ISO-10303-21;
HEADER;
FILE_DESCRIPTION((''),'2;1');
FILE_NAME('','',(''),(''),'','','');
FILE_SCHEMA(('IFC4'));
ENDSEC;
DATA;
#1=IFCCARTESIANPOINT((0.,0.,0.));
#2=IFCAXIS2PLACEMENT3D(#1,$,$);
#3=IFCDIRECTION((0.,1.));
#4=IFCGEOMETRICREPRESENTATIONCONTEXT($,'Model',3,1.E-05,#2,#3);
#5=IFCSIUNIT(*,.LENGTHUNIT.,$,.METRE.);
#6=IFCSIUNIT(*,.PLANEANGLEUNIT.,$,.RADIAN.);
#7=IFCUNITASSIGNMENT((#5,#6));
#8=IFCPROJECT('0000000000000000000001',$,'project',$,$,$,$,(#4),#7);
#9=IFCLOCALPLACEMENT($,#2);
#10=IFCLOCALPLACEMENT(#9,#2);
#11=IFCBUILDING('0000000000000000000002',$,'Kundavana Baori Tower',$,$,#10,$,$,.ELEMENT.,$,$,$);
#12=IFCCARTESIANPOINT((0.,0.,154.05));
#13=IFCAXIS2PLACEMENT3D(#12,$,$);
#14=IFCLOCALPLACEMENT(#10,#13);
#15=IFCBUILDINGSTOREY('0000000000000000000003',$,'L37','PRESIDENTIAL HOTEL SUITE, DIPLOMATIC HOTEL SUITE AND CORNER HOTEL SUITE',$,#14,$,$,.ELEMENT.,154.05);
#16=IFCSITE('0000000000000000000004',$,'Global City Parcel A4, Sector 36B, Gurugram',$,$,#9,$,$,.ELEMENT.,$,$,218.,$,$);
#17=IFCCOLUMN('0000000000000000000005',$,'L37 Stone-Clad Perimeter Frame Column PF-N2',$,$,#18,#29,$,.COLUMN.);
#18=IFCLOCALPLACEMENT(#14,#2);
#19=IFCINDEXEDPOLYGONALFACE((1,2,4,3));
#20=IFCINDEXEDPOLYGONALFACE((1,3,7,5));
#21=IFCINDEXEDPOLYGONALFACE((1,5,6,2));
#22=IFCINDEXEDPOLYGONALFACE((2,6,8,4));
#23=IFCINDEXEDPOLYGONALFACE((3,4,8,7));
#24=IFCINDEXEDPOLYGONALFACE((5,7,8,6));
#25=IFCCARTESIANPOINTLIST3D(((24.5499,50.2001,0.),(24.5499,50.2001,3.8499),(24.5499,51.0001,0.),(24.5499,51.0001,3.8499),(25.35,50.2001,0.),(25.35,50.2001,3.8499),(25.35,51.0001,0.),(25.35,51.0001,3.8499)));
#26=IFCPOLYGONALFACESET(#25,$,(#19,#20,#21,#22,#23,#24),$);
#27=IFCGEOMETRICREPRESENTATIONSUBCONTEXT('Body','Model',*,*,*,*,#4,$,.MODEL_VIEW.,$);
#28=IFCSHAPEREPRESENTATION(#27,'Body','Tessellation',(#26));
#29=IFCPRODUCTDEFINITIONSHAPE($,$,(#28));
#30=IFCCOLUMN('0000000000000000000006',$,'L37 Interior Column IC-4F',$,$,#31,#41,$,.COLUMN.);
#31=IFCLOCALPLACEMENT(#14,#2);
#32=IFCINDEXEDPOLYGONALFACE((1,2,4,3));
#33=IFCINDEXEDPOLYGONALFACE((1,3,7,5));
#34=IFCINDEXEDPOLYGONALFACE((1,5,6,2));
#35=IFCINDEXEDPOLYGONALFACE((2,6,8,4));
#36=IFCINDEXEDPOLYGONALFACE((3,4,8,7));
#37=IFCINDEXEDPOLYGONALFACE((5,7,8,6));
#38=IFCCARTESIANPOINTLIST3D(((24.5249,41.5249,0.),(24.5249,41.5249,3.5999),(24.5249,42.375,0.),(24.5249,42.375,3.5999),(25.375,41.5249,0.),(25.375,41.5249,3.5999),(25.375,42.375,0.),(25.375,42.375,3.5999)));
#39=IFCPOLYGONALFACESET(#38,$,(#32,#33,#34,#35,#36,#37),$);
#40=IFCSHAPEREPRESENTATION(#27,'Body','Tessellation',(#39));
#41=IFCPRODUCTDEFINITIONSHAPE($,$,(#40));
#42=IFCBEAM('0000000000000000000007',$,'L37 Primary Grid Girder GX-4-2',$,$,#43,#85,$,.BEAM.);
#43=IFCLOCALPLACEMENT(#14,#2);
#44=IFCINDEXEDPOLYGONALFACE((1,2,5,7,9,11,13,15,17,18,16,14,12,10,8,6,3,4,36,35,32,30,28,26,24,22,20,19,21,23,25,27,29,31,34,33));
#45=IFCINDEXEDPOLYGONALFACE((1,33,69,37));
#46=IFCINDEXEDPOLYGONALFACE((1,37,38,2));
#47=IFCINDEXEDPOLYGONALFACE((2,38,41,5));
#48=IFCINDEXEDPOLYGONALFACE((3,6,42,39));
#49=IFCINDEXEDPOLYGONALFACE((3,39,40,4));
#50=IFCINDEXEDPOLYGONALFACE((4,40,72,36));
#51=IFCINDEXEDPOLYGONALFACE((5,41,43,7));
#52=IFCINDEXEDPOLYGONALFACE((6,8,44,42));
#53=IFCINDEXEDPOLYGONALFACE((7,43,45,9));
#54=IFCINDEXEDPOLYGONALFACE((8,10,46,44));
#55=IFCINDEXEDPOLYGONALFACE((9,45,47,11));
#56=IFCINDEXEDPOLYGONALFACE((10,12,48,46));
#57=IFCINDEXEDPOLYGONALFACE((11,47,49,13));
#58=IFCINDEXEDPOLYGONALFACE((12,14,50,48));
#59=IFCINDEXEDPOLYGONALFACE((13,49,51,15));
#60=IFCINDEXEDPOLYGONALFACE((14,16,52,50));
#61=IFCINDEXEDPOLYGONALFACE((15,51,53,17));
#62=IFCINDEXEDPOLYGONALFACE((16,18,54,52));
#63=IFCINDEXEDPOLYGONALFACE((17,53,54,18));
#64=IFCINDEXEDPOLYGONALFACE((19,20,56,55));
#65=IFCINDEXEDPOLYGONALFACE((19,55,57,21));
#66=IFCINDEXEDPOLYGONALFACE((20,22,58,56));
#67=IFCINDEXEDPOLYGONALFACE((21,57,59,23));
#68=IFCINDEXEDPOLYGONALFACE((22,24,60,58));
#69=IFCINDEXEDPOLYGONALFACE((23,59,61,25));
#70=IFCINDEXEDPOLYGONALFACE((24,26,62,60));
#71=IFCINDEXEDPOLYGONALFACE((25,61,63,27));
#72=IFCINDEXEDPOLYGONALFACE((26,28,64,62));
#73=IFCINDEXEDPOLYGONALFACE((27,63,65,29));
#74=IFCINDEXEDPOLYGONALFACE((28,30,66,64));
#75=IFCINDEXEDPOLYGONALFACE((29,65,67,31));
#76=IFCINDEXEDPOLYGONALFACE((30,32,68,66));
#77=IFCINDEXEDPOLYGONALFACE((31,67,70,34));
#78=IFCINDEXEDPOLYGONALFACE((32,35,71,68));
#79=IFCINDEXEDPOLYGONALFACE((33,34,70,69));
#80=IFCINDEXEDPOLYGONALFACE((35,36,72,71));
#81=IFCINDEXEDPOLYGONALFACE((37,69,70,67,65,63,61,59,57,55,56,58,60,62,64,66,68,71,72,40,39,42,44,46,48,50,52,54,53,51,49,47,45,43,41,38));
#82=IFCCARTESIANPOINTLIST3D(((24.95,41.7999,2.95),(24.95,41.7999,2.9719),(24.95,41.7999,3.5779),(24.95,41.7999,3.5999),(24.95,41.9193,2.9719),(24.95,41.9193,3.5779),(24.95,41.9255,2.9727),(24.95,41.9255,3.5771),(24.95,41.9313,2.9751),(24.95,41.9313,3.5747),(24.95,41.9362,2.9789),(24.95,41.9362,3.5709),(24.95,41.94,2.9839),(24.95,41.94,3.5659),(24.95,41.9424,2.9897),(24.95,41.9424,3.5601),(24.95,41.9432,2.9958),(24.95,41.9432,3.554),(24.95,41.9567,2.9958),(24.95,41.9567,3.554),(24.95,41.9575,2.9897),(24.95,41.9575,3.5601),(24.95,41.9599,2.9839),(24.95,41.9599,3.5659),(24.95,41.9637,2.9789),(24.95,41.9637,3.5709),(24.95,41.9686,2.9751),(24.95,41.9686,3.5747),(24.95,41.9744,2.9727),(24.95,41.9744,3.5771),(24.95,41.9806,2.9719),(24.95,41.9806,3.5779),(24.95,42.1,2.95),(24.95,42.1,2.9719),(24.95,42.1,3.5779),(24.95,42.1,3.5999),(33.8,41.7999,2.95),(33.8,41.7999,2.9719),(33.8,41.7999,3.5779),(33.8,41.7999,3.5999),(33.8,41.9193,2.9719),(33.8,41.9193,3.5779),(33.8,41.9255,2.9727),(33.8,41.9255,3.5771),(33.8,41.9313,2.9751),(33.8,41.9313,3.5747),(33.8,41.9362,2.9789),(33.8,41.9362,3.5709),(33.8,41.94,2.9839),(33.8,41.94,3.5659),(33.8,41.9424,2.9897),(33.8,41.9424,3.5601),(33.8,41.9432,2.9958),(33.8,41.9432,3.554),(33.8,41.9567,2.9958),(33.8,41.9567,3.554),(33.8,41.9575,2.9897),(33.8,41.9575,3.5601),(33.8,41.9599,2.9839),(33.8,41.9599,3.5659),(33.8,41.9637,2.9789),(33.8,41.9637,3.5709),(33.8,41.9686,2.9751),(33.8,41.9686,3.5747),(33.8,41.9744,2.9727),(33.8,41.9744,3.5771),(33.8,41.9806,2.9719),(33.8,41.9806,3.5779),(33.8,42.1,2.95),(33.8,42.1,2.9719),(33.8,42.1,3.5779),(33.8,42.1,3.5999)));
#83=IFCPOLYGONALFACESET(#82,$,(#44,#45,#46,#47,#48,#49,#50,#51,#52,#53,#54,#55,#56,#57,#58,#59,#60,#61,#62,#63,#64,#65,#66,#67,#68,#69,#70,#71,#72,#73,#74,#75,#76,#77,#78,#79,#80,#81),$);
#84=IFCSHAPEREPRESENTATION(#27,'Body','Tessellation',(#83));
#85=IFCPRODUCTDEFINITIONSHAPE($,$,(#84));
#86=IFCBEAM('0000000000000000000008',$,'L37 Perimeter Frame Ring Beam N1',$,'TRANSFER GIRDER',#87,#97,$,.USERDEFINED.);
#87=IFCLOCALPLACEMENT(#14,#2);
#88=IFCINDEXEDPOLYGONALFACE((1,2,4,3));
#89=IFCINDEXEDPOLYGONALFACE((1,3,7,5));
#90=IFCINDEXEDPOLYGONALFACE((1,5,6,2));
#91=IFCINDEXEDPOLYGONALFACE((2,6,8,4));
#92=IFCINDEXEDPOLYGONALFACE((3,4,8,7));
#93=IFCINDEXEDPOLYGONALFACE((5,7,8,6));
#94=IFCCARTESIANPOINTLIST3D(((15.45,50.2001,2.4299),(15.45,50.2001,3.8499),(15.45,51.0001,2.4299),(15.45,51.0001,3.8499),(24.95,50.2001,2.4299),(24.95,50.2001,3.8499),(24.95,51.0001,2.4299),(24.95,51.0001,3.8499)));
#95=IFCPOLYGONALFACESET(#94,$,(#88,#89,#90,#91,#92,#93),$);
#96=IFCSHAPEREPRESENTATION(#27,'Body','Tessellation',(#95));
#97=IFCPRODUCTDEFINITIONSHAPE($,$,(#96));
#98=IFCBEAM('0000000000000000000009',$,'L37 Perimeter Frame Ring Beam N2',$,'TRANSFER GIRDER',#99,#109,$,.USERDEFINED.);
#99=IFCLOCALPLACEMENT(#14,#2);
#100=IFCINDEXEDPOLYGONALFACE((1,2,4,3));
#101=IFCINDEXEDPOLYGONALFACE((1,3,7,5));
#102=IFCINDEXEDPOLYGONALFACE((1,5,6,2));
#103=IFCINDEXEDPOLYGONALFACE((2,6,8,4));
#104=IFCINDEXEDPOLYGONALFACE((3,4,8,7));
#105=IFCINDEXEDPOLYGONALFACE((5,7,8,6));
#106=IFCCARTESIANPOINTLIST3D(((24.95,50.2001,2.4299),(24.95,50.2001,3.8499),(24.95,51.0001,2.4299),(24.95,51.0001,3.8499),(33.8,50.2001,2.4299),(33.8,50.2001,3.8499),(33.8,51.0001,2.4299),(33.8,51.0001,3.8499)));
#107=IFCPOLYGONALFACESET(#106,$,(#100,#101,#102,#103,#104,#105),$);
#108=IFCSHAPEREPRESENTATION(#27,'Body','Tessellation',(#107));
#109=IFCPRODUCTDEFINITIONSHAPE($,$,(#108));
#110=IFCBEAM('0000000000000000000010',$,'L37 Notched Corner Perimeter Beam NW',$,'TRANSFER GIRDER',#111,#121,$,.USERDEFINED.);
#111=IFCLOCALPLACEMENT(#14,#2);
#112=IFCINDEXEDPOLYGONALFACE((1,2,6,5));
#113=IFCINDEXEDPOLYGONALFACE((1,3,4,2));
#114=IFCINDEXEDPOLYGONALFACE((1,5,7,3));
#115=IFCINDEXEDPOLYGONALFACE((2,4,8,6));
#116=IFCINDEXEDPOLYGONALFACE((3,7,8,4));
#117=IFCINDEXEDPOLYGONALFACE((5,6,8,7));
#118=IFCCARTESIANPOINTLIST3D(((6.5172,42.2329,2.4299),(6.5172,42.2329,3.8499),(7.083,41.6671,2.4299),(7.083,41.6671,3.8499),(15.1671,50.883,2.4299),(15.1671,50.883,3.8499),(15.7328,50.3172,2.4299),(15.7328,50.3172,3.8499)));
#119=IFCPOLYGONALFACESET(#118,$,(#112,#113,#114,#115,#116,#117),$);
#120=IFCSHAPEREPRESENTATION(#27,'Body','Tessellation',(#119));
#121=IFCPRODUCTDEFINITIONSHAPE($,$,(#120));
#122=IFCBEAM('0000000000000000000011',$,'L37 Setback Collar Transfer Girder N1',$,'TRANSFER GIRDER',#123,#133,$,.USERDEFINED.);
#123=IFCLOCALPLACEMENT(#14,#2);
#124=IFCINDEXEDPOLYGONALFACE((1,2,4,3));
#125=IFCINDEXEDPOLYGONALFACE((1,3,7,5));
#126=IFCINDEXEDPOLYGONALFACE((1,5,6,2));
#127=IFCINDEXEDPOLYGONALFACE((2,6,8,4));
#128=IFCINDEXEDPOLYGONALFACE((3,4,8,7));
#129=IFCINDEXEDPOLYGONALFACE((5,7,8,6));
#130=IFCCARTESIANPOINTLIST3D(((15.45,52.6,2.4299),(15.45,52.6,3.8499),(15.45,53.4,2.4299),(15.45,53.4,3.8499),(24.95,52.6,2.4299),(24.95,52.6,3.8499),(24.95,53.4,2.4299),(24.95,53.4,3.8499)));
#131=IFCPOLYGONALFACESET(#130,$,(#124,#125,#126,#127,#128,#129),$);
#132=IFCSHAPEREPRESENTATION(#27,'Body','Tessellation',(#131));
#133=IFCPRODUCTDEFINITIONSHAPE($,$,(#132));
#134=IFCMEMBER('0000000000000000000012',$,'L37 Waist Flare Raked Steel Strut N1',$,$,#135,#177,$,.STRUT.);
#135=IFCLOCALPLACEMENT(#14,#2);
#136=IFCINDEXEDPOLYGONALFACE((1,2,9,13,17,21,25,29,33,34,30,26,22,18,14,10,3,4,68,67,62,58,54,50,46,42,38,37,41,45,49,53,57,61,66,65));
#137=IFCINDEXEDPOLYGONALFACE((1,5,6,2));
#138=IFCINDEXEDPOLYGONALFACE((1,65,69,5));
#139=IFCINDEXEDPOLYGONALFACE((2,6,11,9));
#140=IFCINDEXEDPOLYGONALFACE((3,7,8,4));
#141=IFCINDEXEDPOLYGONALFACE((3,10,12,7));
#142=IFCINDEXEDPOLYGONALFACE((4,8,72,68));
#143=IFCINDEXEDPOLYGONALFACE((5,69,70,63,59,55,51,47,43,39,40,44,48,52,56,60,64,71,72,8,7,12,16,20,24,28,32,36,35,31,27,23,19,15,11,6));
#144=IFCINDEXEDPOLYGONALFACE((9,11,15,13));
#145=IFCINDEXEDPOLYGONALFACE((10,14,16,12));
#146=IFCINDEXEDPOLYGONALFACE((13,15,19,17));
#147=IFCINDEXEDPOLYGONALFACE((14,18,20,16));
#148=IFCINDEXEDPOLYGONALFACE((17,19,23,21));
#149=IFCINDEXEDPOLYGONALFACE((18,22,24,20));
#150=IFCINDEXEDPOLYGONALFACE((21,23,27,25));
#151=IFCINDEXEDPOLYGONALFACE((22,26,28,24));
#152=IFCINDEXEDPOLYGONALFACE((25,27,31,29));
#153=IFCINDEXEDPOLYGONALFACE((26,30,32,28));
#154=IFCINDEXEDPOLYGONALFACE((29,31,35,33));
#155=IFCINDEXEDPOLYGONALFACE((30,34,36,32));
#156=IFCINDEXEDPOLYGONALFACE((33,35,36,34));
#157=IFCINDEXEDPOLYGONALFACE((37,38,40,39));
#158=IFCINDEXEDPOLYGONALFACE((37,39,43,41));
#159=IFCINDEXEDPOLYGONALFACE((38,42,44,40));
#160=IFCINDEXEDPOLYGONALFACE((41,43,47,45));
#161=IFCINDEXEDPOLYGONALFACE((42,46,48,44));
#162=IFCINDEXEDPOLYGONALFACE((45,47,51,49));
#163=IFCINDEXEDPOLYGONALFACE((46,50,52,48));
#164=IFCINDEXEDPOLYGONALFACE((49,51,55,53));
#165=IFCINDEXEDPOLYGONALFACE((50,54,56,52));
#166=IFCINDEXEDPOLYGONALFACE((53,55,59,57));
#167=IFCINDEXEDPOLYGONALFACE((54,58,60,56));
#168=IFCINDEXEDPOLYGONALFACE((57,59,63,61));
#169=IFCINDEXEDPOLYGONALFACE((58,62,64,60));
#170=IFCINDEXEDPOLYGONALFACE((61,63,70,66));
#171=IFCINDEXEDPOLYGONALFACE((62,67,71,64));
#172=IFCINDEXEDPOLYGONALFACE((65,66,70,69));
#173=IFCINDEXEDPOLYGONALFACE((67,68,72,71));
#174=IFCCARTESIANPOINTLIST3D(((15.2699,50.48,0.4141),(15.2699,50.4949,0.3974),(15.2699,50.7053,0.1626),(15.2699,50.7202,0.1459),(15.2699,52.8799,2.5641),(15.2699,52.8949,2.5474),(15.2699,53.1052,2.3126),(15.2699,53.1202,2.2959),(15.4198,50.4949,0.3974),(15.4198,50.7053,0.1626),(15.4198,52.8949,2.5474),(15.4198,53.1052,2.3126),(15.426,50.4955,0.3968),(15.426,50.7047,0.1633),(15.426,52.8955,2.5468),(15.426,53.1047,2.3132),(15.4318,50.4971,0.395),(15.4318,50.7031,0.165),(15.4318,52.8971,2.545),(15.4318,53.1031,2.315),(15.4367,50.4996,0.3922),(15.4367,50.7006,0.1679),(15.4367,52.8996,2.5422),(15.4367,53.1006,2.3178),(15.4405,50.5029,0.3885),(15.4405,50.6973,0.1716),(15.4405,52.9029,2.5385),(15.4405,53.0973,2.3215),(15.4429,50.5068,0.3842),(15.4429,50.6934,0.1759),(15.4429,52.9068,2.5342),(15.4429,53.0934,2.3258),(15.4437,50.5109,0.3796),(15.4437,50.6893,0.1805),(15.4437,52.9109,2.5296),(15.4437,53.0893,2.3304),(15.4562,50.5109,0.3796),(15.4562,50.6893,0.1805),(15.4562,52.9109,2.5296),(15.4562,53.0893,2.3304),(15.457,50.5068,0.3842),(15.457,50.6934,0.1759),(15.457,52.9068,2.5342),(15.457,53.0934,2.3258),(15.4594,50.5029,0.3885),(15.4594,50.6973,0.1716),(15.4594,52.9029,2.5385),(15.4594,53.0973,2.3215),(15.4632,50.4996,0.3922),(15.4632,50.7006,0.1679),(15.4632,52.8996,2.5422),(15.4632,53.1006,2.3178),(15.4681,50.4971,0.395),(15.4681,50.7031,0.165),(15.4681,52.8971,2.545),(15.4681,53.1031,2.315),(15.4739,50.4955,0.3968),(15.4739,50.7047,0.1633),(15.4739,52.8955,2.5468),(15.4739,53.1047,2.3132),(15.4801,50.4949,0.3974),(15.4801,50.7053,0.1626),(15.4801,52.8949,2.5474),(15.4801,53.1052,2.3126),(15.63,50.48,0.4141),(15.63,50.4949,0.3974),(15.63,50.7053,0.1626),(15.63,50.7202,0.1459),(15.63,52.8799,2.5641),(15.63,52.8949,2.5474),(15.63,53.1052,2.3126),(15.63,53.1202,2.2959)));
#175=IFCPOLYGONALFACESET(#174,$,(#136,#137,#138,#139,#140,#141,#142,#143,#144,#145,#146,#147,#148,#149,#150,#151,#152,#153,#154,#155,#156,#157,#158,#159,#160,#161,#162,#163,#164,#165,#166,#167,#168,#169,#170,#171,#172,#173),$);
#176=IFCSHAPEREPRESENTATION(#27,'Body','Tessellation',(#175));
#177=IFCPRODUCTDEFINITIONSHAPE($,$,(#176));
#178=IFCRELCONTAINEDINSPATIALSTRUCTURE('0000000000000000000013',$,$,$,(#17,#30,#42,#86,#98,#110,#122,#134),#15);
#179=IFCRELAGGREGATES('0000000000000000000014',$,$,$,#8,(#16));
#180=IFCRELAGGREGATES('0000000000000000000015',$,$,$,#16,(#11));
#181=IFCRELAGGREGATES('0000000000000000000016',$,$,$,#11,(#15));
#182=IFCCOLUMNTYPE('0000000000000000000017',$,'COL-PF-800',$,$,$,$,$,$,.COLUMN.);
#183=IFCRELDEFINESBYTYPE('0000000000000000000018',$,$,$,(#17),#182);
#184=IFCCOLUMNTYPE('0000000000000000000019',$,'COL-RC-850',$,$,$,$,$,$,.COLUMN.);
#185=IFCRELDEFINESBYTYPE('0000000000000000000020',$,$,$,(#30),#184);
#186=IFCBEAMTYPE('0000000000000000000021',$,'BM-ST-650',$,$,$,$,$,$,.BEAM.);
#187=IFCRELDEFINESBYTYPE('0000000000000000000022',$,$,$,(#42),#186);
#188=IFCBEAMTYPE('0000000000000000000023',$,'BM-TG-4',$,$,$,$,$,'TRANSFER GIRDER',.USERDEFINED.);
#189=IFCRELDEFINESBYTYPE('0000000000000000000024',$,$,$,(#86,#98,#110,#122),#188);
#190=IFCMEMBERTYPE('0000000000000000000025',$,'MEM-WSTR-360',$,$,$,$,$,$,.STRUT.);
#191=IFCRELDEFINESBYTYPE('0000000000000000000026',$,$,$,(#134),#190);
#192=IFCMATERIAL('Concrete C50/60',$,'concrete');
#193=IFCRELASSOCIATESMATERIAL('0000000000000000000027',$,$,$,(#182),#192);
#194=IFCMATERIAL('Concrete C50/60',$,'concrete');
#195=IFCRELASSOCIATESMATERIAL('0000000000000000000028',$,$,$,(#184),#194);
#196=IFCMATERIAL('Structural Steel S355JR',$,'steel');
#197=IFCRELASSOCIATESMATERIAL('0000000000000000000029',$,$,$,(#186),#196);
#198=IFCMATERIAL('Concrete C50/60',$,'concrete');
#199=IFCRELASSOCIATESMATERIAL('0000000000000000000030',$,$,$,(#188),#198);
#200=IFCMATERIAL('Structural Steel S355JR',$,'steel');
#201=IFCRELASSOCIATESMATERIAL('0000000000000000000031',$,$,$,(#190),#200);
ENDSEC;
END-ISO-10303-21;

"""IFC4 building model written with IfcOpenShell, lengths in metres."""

from ifc_helpers import new_model, si_unit, direction, frame, origin, origin_2d, place, context, subcontext, project, spatial, rectangle, i_section, extrude, material, material_profile, profile_set, type_object, element, save


model = new_model("IFC4")

# Units and contexts
model_context = context("Model", 3, precision=1e-05, world=origin(), true_north=direction((0.0, 1.0)))
body_context = subcontext(model_context, "Body", "Model", "MODEL_VIEW")
ifc_project = project(units=[si_unit("LENGTHUNIT", "METRE"), si_unit("PLANEANGLEUNIT", "RADIAN")], contexts=[model_context])

# Site, building, storey
site_placement = place(None, origin())
site = spatial("IfcSite", under=ifc_project, at=site_placement, Name="Global City Parcel A4, Sector 36B, Gurugram", CompositionType="ELEMENT", RefElevation=218.0)
building_placement = place(site_placement, origin())
building = spatial("IfcBuilding", under=site, at=building_placement, Name="Kundavana Baori Tower", CompositionType="ELEMENT")
storey_placement = place(building_placement, frame((0.0, 0.0, 154.05)))
storey = spatial("IfcBuildingStorey", under=building, at=storey_placement, Name="L37", Description="PRESIDENTIAL HOTEL SUITE, DIPLOMATIC HOTEL SUITE AND CORNER HOTEL SUITE", CompositionType="ELEMENT", Elevation=154.05)

# Columns
ifc_material_1 = material(Name="Concrete C50/60", Category="concrete")
ifc_material_profile_1 = material_profile(ifc_material_1, rectangle(XDim=0.8, YDim=0.8, at=origin_2d()), Name="RC PF 800x800")
ifc_profile_set_1 = profile_set([ifc_material_profile_1], Name="Concrete C50/60")
column_type_1 = type_object("IfcColumnType", Name="COL-PF-800", PredefinedType="COLUMN", material=ifc_profile_set_1)
column_1_placement = place(storey_placement, frame((24.95, 50.6001, 0.0), z_axis=(0.0, 0.0, 1.0), x_axis=(1.0, 0.0, 0.0)))
element("IfcColumn", 1, at=column_1_placement, inside=storey, type_object=column_type_1, Name="L37 Stone-Clad Perimeter Frame Column PF-N2", PredefinedType="COLUMN", context=body_context, shape_type="SweptSolid", body=[
    extrude(rectangle(XDim=0.8, YDim=0.8, at=origin_2d()), origin(), (0.0, 0.0, 1.0), 3.8499),
])
ifc_material_2 = material(Name="Concrete C50/60", Category="concrete")
ifc_material_profile_2 = material_profile(ifc_material_2, rectangle(XDim=0.8501, YDim=0.8501, at=origin_2d()), Name="RC 850x850")
ifc_profile_set_2 = profile_set([ifc_material_profile_2], Name="Concrete C50/60")
column_type_2 = type_object("IfcColumnType", Name="COL-RC-850", PredefinedType="COLUMN", material=ifc_profile_set_2)
column_2_placement = place(storey_placement, frame((24.95, 41.95, 0.0), z_axis=(0.0, 0.0, 1.0), x_axis=(1.0, 0.0, 0.0)))
element("IfcColumn", 2, at=column_2_placement, inside=storey, type_object=column_type_2, Name="L37 Interior Column IC-4F", PredefinedType="COLUMN", context=body_context, shape_type="SweptSolid", body=[
    extrude(rectangle(XDim=0.8501, YDim=0.8501, at=origin_2d()), origin(), (0.0, 0.0, 1.0), 3.5999),
])

# Beams
ifc_material_3 = material(Name="Structural Steel S355JR", Category="steel")
ifc_material_profile_3 = material_profile(ifc_material_3, i_section(OverallWidth=0.3, OverallDepth=0.6499, WebThickness=0.0134, FlangeThickness=0.022, FilletRadius=0.0239, at=origin_2d()), Name="NPB 650x300x155")
ifc_profile_set_3 = profile_set([ifc_material_profile_3], Name="Structural Steel S355JR")
beam_type_1 = type_object("IfcBeamType", Name="BM-ST-650", PredefinedType="BEAM", material=ifc_profile_set_3)
beam_1_placement = place(storey_placement, frame((24.95, 41.95, 3.2749), z_axis=(1.0, 0.0, 0.0), x_axis=(0.0, 1.0, 0.0)))
element("IfcBeam", 3, at=beam_1_placement, inside=storey, type_object=beam_type_1, Name="L37 Primary Grid Girder GX-4-2", PredefinedType="BEAM", context=body_context, shape_type="SweptSolid", body=[
    extrude(i_section(OverallWidth=0.3, OverallDepth=0.6499, WebThickness=0.0134, FlangeThickness=0.022, FilletRadius=0.0239, at=origin_2d()), origin(), (0.0, 0.0, 1.0), 8.8501),
])
ifc_material_4 = material(Name="Concrete C50/60", Category="concrete")
ifc_material_profile_4 = material_profile(ifc_material_4, rectangle(XDim=0.8, YDim=1.4199, at=origin_2d()), Name="BM-TG-4")
ifc_profile_set_4 = profile_set([ifc_material_profile_4], Name="Concrete C50/60")
beam_type_2 = type_object("IfcBeamType", Name="BM-TG-4", ElementType="TRANSFER GIRDER", PredefinedType="USERDEFINED", material=ifc_profile_set_4)
beam_2_placement = place(storey_placement, frame((15.45, 50.6001, 3.1399), z_axis=(1.0, 0.0, 0.0), x_axis=(0.0, 1.0, 0.0)))
element("IfcBeam", 4, at=beam_2_placement, inside=storey, type_object=beam_type_2, Name="L37 Perimeter Frame Ring Beam N1", ObjectType="TRANSFER GIRDER", PredefinedType="USERDEFINED", context=body_context, shape_type="SweptSolid", body=[
    extrude(rectangle(XDim=0.8, YDim=1.4199, at=origin_2d()), origin(), (0.0, 0.0, 1.0), 9.5),
])
beam_3_placement = place(storey_placement, frame((24.95, 50.6001, 3.1399), z_axis=(1.0, 0.0, 0.0), x_axis=(0.0, 1.0, 0.0)))
element("IfcBeam", 5, at=beam_3_placement, inside=storey, type_object=beam_type_2, Name="L37 Perimeter Frame Ring Beam N2", ObjectType="TRANSFER GIRDER", PredefinedType="USERDEFINED", context=body_context, shape_type="SweptSolid", body=[
    extrude(rectangle(XDim=0.8, YDim=1.4199, at=origin_2d()), origin(), (0.0, 0.0, 1.0), 8.8501),
])
beam_4_placement = place(storey_placement, frame((15.45, 50.6001, 3.1399), z_axis=(-0.707097, -0.707117, 0.0), x_axis=(0.707117, -0.707097, 0.0)))
element("IfcBeam", 6, at=beam_4_placement, inside=storey, type_object=beam_type_2, Name="L37 Notched Corner Perimeter Beam NW", ObjectType="TRANSFER GIRDER", PredefinedType="USERDEFINED", context=body_context, shape_type="SweptSolid", body=[
    extrude(rectangle(XDim=0.8, YDim=1.4199, at=origin_2d()), origin(), (0.0, 0.0, 1.0), 12.2329),
])
beam_5_placement = place(storey_placement, frame((15.45, 53.0, 3.1399), z_axis=(1.0, 0.0, 0.0), x_axis=(0.0, 1.0, 0.0)))
element("IfcBeam", 7, at=beam_5_placement, inside=storey, type_object=beam_type_2, Name="L37 Setback Collar Transfer Girder N1", ObjectType="TRANSFER GIRDER", PredefinedType="USERDEFINED", context=body_context, shape_type="SweptSolid", body=[
    extrude(rectangle(XDim=0.8, YDim=1.4199, at=origin_2d()), origin(), (0.0, 0.0, 1.0), 9.5),
])

# Member
ifc_material_5 = material(Name="Structural Steel S355JR", Category="steel")
ifc_material_profile_5 = material_profile(ifc_material_5, i_section(OverallWidth=0.3601, OverallDepth=0.3601, WebThickness=0.0125, FlangeThickness=0.0225, FilletRadius=0.0239, at=origin_2d()), Name="WPB 360x360x142")
ifc_profile_set_5 = profile_set([ifc_material_profile_5], Name="Structural Steel S355JR")
member_type = type_object("IfcMemberType", Name="MEM-WSTR-360", PredefinedType="STRUT", material=ifc_profile_set_5)
member_placement = place(storey_placement, frame((15.45, 50.6001, 0.28), z_axis=(0.0, 0.744837, 0.667247), x_axis=(-1.0, 0.0, 0.0)))
element("IfcMember", 8, at=member_placement, inside=storey, type_object=member_type, Name="L37 Waist Flare Raked Steel Strut N1", PredefinedType="STRUT", context=body_context, shape_type="SweptSolid", body=[
    extrude(i_section(OverallWidth=0.3601, OverallDepth=0.3601, WebThickness=0.0125, FlangeThickness=0.0225, FilletRadius=0.0239, at=origin_2d()), origin(), (0.0, 0.0, 1.0), 3.2222),
])

save(model, "model.ifc")
